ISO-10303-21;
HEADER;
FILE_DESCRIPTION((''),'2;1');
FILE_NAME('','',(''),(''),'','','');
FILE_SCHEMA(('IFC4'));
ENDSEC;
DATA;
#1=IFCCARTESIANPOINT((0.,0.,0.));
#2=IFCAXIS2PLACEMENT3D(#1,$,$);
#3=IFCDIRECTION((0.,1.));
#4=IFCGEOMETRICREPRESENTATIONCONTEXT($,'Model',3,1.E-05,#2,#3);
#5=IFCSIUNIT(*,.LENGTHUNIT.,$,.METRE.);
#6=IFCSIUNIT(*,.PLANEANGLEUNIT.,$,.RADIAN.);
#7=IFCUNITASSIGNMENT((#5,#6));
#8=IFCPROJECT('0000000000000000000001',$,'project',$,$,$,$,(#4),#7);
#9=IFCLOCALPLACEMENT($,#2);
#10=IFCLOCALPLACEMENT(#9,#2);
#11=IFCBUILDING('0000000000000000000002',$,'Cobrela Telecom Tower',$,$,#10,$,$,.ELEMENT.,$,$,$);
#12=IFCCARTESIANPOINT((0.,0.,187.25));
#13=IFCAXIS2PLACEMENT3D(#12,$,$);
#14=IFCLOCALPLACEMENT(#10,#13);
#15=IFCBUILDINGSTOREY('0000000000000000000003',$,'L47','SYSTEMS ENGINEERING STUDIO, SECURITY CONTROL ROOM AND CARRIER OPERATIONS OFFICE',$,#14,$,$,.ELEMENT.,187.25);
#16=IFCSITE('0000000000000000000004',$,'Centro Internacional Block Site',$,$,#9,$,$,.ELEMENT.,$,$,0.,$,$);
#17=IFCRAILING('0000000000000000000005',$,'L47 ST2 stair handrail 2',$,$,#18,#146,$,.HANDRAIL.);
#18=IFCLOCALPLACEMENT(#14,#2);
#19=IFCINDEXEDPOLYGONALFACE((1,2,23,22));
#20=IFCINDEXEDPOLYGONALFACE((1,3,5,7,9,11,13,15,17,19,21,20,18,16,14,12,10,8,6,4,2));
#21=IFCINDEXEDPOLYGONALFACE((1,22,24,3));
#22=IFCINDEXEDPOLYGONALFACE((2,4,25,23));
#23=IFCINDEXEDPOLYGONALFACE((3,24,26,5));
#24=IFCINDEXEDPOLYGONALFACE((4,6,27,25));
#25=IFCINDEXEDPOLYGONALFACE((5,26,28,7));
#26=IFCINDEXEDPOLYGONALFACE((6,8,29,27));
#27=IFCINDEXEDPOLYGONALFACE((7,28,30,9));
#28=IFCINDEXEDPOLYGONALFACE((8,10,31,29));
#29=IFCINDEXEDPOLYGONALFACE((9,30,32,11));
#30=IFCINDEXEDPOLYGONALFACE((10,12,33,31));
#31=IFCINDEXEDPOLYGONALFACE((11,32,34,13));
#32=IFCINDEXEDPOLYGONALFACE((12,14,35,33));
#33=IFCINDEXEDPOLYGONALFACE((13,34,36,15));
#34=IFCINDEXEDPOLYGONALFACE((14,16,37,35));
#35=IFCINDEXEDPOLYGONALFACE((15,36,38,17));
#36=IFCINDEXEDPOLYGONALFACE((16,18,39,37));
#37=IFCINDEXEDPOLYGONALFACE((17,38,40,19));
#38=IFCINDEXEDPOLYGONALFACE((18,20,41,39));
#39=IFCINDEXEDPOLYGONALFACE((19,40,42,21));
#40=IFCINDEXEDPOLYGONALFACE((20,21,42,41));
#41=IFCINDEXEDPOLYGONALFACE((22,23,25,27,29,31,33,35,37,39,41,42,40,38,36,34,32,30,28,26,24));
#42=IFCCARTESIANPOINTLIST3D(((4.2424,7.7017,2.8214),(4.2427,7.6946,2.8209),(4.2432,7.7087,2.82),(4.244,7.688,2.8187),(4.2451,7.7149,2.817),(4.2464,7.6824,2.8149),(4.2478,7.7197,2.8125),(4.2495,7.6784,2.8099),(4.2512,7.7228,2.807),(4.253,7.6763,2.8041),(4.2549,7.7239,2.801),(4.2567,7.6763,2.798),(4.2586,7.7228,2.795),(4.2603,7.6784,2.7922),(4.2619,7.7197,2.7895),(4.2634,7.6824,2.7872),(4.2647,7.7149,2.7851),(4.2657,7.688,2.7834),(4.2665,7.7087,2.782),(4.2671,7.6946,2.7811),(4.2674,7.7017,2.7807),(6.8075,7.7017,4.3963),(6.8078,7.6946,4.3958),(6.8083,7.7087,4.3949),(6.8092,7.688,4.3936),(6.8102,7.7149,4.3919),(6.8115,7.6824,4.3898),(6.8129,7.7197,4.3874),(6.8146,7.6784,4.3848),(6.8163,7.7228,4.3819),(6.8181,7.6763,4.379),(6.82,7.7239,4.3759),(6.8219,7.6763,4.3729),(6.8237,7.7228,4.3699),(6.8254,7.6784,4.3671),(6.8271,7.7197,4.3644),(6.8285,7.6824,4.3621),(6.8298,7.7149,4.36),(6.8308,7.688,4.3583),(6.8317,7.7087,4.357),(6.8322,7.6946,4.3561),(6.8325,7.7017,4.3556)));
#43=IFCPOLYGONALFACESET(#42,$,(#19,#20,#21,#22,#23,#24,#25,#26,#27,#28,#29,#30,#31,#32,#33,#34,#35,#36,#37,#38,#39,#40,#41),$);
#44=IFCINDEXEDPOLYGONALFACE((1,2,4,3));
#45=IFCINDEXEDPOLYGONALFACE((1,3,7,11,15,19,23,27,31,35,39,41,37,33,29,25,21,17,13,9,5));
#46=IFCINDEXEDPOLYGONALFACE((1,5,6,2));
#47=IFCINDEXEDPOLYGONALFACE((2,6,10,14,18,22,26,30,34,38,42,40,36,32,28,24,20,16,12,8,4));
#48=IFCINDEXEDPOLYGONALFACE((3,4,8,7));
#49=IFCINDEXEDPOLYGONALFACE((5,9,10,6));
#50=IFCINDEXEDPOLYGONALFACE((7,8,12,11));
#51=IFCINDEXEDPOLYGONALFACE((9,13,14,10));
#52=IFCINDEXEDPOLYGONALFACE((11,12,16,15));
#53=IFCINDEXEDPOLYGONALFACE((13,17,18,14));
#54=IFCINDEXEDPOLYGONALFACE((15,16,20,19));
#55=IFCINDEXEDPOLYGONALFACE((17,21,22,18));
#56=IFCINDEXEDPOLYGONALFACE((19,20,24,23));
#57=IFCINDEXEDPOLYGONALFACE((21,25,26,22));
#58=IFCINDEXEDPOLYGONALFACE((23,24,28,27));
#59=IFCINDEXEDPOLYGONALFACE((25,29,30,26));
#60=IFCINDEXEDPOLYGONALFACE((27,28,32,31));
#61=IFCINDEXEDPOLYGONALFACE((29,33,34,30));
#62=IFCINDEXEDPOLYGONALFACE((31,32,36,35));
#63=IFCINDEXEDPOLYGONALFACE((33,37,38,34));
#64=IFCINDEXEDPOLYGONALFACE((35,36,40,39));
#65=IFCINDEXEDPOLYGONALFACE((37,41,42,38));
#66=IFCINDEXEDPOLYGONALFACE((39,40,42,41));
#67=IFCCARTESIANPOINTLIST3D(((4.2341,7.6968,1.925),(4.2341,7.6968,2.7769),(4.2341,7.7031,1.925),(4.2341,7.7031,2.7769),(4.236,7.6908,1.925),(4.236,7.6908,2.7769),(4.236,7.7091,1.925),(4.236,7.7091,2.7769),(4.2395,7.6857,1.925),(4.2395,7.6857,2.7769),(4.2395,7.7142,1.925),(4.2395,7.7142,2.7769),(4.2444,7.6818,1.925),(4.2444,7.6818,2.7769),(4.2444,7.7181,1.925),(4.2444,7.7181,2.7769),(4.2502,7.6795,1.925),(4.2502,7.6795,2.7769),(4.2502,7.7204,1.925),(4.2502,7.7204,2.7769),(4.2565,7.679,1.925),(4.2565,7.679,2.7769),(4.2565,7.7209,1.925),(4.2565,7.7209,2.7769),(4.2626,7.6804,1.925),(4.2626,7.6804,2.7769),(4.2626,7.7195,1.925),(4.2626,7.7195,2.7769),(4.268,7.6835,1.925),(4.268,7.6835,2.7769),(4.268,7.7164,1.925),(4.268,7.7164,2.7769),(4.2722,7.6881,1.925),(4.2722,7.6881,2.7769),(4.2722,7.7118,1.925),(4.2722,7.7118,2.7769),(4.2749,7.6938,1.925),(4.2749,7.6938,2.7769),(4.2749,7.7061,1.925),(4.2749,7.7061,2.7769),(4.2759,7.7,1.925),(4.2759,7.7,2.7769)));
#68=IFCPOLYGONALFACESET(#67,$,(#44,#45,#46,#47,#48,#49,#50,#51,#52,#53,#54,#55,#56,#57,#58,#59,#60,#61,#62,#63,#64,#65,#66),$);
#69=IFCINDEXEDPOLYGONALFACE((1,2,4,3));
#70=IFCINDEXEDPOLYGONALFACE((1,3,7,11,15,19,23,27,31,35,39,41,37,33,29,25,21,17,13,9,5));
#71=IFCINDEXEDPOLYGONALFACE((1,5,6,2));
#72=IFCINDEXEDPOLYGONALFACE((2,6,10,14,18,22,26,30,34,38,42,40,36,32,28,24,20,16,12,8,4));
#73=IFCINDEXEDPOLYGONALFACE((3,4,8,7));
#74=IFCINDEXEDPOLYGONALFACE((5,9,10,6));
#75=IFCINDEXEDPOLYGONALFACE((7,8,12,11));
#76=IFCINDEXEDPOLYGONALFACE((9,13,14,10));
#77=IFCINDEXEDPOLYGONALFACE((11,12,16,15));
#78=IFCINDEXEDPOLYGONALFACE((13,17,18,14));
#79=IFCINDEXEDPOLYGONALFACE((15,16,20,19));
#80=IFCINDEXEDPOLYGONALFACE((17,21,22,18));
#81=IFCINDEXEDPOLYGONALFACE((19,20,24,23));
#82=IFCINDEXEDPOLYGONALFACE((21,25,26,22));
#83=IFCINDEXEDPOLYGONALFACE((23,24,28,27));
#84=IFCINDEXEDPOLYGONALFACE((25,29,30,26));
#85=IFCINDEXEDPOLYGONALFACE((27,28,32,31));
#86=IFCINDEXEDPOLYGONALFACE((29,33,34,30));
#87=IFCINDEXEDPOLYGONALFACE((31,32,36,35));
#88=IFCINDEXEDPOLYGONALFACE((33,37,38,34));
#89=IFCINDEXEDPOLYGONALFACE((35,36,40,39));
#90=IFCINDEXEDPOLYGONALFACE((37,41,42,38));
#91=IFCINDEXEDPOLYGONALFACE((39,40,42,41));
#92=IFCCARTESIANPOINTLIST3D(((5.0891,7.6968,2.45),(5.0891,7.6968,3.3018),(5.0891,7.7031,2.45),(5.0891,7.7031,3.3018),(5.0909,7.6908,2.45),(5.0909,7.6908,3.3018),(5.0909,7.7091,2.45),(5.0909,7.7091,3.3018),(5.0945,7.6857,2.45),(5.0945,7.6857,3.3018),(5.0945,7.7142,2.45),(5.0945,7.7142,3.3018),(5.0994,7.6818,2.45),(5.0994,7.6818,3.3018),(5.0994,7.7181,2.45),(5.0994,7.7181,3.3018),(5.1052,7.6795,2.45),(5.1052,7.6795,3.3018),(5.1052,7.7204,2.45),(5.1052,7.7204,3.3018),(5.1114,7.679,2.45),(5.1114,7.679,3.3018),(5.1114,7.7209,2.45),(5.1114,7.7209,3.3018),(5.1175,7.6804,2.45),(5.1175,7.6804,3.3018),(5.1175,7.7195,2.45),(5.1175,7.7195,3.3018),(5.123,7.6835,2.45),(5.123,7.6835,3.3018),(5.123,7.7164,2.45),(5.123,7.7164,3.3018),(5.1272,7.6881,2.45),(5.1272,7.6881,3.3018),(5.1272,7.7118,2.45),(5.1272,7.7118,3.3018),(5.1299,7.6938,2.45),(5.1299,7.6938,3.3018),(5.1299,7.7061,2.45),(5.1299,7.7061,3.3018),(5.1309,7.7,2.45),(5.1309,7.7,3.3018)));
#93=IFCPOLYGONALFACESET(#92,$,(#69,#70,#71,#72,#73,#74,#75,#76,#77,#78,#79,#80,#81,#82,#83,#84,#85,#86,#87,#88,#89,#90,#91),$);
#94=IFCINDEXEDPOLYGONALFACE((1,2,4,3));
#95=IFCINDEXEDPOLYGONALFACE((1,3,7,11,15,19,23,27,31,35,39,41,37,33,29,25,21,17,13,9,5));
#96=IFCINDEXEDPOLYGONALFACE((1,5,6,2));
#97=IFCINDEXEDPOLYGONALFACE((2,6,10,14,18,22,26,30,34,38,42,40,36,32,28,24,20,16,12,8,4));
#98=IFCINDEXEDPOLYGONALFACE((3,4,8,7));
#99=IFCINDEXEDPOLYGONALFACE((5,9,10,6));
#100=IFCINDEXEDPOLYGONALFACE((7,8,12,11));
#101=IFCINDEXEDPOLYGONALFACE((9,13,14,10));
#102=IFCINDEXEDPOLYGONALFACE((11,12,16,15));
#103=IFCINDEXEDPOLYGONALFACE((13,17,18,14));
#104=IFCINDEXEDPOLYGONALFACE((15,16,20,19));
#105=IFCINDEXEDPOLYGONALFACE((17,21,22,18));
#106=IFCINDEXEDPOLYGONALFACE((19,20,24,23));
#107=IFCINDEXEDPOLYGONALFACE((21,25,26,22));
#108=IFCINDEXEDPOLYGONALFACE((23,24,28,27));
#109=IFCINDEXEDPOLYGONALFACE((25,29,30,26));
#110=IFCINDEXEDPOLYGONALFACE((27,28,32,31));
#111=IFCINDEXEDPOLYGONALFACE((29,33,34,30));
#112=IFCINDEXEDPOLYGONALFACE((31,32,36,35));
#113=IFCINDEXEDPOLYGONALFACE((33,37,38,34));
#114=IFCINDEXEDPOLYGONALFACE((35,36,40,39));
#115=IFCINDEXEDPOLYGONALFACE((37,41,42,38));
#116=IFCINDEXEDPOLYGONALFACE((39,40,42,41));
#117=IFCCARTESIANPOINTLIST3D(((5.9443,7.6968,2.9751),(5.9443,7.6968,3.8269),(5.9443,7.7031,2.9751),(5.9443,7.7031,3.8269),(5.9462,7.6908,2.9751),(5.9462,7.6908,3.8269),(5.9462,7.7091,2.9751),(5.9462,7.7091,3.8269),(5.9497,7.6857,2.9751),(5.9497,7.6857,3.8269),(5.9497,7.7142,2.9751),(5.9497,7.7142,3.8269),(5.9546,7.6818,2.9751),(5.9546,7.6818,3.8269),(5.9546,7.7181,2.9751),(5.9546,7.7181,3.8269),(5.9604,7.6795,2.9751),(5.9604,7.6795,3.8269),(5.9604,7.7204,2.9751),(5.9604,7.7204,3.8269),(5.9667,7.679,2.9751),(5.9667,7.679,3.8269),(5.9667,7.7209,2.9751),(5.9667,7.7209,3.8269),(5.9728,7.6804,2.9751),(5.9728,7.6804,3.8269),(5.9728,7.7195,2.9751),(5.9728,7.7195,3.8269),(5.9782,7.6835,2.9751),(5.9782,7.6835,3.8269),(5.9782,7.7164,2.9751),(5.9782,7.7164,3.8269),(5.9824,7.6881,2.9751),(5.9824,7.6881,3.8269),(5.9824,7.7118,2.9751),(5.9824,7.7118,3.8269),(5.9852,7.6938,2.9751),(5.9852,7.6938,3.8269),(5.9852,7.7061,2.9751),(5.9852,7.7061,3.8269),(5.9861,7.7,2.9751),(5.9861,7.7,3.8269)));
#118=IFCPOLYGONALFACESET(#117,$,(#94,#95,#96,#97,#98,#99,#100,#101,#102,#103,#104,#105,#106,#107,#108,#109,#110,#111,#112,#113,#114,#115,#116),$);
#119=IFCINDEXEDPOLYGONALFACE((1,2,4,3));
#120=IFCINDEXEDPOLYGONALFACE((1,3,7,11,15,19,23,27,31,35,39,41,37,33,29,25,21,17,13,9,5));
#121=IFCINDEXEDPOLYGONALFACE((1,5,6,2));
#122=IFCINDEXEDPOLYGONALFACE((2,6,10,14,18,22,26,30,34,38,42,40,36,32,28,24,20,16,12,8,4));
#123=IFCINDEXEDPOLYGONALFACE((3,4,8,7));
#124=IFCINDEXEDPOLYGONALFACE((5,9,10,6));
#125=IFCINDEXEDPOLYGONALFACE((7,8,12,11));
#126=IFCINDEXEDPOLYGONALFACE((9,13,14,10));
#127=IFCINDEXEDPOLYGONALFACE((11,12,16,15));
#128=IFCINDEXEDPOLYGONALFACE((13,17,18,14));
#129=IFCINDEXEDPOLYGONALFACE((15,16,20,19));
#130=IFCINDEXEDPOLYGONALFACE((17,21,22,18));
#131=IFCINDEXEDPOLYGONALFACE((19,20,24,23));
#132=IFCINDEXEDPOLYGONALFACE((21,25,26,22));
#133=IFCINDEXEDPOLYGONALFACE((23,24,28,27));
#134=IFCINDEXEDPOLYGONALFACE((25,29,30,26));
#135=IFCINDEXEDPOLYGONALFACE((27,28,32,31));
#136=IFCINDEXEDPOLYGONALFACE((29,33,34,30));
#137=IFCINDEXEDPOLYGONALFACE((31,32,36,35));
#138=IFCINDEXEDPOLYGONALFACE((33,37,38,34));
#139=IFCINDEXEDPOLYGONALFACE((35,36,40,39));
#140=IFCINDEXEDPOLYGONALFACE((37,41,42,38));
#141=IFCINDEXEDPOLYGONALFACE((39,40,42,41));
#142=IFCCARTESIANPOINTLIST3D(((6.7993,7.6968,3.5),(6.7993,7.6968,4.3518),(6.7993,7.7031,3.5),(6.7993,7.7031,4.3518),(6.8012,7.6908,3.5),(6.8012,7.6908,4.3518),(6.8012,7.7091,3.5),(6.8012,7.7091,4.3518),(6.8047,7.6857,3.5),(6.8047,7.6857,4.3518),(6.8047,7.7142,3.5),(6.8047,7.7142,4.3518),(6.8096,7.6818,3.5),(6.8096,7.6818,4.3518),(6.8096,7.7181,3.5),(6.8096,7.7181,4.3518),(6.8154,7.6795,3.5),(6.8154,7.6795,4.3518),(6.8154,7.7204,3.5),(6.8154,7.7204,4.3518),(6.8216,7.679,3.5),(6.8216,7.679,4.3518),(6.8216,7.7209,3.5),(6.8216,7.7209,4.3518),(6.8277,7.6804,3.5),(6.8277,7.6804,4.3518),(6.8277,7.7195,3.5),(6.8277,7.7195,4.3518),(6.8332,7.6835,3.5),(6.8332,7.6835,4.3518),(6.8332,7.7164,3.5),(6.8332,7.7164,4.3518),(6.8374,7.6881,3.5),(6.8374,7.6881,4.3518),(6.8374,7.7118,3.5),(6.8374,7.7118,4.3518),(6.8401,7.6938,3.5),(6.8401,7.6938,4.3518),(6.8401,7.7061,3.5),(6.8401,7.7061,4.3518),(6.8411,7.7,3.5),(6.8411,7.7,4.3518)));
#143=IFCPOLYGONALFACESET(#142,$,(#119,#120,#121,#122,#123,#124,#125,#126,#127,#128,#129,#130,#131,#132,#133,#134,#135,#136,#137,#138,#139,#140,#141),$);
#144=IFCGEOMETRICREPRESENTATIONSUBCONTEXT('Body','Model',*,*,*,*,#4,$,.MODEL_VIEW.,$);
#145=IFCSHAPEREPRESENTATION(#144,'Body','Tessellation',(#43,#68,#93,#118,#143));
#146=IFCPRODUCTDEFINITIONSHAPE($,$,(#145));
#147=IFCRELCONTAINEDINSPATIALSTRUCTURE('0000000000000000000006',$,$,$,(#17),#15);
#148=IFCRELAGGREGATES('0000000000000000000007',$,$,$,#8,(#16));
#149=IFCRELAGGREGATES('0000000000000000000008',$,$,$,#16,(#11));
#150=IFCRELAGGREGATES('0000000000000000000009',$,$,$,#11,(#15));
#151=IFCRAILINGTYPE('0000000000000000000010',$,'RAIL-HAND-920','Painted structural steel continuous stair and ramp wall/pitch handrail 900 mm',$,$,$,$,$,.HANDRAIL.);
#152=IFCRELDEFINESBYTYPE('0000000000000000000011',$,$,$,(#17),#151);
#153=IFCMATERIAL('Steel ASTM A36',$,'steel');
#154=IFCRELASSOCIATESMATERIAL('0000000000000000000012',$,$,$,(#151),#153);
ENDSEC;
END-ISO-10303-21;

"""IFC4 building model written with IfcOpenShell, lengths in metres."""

from ifc_helpers import new_model, si_unit, direction, frame, origin, origin_2d, place, context, subcontext, project, spatial, circle, extrude, material, type_object, element, save


model = new_model("IFC4")

# Units and contexts
model_context = context("Model", 3, precision=1e-05, world=origin(), true_north=direction((0.0, 1.0)))
body_context = subcontext(model_context, "Body", "Model", "MODEL_VIEW")
ifc_project = project(units=[si_unit("LENGTHUNIT", "METRE"), si_unit("PLANEANGLEUNIT", "RADIAN")], contexts=[model_context])

# Site, building, storey
site_placement = place(None, origin())
site = spatial("IfcSite", under=ifc_project, at=site_placement, Name="Centro Internacional Block Site", CompositionType="ELEMENT", RefElevation=0.0)
building_placement = place(site_placement, origin())
building = spatial("IfcBuilding", under=site, at=building_placement, Name="Cobrela Telecom Tower", CompositionType="ELEMENT")
storey_placement = place(building_placement, frame((0.0, 0.0, 187.25)))
storey = spatial("IfcBuildingStorey", under=building, at=storey_placement, Name="L47", Description="SYSTEMS ENGINEERING STUDIO, SECURITY CONTROL ROOM AND CARRIER OPERATIONS OFFICE", CompositionType="ELEMENT", Elevation=187.25)

# Railing
ifc_material_1 = material(Name="Steel ASTM A36", Category="steel")
railing_type = type_object("IfcRailingType", Name="RAIL-HAND-920", Description="Painted structural steel continuous stair and ramp wall/pitch handrail 900 mm", PredefinedType="HANDRAIL", material=ifc_material_1)
railing_placement = place(storey_placement, frame((4.2549, 7.7, 1.925)))
element("IfcRailing", 1, at=railing_placement, inside=storey, type_object=railing_type, Name="L47 ST2 stair handrail 2", PredefinedType="HANDRAIL", context=body_context, shape_type="SweptSolid", body=[
    extrude(circle(Radius=0.0239, at=origin_2d()), frame((0.0, 0.0, 0.876), z_axis=(0.852195, 0.0, 0.523224), x_axis=(0.0, 1.0, 0.0)), (0.0, 0.0, 1.0), 3.01),
    extrude(circle(Radius=0.021, at=origin_2d()), origin(), (0.0, 0.0, 1.0), 0.8518),
    extrude(circle(Radius=0.021, at=origin_2d()), frame((0.855, 0.0, 0.5249)), (0.0, 0.0, 1.0), 0.8518),
    extrude(circle(Radius=0.021, at=origin_2d()), frame((1.7102, 0.0, 1.05)), (0.0, 0.0, 1.0), 0.8518),
    extrude(circle(Radius=0.021, at=origin_2d()), frame((2.5652, 0.0, 1.575)), (0.0, 0.0, 1.0), 0.8518),
])

save(model, "model.ifc")
